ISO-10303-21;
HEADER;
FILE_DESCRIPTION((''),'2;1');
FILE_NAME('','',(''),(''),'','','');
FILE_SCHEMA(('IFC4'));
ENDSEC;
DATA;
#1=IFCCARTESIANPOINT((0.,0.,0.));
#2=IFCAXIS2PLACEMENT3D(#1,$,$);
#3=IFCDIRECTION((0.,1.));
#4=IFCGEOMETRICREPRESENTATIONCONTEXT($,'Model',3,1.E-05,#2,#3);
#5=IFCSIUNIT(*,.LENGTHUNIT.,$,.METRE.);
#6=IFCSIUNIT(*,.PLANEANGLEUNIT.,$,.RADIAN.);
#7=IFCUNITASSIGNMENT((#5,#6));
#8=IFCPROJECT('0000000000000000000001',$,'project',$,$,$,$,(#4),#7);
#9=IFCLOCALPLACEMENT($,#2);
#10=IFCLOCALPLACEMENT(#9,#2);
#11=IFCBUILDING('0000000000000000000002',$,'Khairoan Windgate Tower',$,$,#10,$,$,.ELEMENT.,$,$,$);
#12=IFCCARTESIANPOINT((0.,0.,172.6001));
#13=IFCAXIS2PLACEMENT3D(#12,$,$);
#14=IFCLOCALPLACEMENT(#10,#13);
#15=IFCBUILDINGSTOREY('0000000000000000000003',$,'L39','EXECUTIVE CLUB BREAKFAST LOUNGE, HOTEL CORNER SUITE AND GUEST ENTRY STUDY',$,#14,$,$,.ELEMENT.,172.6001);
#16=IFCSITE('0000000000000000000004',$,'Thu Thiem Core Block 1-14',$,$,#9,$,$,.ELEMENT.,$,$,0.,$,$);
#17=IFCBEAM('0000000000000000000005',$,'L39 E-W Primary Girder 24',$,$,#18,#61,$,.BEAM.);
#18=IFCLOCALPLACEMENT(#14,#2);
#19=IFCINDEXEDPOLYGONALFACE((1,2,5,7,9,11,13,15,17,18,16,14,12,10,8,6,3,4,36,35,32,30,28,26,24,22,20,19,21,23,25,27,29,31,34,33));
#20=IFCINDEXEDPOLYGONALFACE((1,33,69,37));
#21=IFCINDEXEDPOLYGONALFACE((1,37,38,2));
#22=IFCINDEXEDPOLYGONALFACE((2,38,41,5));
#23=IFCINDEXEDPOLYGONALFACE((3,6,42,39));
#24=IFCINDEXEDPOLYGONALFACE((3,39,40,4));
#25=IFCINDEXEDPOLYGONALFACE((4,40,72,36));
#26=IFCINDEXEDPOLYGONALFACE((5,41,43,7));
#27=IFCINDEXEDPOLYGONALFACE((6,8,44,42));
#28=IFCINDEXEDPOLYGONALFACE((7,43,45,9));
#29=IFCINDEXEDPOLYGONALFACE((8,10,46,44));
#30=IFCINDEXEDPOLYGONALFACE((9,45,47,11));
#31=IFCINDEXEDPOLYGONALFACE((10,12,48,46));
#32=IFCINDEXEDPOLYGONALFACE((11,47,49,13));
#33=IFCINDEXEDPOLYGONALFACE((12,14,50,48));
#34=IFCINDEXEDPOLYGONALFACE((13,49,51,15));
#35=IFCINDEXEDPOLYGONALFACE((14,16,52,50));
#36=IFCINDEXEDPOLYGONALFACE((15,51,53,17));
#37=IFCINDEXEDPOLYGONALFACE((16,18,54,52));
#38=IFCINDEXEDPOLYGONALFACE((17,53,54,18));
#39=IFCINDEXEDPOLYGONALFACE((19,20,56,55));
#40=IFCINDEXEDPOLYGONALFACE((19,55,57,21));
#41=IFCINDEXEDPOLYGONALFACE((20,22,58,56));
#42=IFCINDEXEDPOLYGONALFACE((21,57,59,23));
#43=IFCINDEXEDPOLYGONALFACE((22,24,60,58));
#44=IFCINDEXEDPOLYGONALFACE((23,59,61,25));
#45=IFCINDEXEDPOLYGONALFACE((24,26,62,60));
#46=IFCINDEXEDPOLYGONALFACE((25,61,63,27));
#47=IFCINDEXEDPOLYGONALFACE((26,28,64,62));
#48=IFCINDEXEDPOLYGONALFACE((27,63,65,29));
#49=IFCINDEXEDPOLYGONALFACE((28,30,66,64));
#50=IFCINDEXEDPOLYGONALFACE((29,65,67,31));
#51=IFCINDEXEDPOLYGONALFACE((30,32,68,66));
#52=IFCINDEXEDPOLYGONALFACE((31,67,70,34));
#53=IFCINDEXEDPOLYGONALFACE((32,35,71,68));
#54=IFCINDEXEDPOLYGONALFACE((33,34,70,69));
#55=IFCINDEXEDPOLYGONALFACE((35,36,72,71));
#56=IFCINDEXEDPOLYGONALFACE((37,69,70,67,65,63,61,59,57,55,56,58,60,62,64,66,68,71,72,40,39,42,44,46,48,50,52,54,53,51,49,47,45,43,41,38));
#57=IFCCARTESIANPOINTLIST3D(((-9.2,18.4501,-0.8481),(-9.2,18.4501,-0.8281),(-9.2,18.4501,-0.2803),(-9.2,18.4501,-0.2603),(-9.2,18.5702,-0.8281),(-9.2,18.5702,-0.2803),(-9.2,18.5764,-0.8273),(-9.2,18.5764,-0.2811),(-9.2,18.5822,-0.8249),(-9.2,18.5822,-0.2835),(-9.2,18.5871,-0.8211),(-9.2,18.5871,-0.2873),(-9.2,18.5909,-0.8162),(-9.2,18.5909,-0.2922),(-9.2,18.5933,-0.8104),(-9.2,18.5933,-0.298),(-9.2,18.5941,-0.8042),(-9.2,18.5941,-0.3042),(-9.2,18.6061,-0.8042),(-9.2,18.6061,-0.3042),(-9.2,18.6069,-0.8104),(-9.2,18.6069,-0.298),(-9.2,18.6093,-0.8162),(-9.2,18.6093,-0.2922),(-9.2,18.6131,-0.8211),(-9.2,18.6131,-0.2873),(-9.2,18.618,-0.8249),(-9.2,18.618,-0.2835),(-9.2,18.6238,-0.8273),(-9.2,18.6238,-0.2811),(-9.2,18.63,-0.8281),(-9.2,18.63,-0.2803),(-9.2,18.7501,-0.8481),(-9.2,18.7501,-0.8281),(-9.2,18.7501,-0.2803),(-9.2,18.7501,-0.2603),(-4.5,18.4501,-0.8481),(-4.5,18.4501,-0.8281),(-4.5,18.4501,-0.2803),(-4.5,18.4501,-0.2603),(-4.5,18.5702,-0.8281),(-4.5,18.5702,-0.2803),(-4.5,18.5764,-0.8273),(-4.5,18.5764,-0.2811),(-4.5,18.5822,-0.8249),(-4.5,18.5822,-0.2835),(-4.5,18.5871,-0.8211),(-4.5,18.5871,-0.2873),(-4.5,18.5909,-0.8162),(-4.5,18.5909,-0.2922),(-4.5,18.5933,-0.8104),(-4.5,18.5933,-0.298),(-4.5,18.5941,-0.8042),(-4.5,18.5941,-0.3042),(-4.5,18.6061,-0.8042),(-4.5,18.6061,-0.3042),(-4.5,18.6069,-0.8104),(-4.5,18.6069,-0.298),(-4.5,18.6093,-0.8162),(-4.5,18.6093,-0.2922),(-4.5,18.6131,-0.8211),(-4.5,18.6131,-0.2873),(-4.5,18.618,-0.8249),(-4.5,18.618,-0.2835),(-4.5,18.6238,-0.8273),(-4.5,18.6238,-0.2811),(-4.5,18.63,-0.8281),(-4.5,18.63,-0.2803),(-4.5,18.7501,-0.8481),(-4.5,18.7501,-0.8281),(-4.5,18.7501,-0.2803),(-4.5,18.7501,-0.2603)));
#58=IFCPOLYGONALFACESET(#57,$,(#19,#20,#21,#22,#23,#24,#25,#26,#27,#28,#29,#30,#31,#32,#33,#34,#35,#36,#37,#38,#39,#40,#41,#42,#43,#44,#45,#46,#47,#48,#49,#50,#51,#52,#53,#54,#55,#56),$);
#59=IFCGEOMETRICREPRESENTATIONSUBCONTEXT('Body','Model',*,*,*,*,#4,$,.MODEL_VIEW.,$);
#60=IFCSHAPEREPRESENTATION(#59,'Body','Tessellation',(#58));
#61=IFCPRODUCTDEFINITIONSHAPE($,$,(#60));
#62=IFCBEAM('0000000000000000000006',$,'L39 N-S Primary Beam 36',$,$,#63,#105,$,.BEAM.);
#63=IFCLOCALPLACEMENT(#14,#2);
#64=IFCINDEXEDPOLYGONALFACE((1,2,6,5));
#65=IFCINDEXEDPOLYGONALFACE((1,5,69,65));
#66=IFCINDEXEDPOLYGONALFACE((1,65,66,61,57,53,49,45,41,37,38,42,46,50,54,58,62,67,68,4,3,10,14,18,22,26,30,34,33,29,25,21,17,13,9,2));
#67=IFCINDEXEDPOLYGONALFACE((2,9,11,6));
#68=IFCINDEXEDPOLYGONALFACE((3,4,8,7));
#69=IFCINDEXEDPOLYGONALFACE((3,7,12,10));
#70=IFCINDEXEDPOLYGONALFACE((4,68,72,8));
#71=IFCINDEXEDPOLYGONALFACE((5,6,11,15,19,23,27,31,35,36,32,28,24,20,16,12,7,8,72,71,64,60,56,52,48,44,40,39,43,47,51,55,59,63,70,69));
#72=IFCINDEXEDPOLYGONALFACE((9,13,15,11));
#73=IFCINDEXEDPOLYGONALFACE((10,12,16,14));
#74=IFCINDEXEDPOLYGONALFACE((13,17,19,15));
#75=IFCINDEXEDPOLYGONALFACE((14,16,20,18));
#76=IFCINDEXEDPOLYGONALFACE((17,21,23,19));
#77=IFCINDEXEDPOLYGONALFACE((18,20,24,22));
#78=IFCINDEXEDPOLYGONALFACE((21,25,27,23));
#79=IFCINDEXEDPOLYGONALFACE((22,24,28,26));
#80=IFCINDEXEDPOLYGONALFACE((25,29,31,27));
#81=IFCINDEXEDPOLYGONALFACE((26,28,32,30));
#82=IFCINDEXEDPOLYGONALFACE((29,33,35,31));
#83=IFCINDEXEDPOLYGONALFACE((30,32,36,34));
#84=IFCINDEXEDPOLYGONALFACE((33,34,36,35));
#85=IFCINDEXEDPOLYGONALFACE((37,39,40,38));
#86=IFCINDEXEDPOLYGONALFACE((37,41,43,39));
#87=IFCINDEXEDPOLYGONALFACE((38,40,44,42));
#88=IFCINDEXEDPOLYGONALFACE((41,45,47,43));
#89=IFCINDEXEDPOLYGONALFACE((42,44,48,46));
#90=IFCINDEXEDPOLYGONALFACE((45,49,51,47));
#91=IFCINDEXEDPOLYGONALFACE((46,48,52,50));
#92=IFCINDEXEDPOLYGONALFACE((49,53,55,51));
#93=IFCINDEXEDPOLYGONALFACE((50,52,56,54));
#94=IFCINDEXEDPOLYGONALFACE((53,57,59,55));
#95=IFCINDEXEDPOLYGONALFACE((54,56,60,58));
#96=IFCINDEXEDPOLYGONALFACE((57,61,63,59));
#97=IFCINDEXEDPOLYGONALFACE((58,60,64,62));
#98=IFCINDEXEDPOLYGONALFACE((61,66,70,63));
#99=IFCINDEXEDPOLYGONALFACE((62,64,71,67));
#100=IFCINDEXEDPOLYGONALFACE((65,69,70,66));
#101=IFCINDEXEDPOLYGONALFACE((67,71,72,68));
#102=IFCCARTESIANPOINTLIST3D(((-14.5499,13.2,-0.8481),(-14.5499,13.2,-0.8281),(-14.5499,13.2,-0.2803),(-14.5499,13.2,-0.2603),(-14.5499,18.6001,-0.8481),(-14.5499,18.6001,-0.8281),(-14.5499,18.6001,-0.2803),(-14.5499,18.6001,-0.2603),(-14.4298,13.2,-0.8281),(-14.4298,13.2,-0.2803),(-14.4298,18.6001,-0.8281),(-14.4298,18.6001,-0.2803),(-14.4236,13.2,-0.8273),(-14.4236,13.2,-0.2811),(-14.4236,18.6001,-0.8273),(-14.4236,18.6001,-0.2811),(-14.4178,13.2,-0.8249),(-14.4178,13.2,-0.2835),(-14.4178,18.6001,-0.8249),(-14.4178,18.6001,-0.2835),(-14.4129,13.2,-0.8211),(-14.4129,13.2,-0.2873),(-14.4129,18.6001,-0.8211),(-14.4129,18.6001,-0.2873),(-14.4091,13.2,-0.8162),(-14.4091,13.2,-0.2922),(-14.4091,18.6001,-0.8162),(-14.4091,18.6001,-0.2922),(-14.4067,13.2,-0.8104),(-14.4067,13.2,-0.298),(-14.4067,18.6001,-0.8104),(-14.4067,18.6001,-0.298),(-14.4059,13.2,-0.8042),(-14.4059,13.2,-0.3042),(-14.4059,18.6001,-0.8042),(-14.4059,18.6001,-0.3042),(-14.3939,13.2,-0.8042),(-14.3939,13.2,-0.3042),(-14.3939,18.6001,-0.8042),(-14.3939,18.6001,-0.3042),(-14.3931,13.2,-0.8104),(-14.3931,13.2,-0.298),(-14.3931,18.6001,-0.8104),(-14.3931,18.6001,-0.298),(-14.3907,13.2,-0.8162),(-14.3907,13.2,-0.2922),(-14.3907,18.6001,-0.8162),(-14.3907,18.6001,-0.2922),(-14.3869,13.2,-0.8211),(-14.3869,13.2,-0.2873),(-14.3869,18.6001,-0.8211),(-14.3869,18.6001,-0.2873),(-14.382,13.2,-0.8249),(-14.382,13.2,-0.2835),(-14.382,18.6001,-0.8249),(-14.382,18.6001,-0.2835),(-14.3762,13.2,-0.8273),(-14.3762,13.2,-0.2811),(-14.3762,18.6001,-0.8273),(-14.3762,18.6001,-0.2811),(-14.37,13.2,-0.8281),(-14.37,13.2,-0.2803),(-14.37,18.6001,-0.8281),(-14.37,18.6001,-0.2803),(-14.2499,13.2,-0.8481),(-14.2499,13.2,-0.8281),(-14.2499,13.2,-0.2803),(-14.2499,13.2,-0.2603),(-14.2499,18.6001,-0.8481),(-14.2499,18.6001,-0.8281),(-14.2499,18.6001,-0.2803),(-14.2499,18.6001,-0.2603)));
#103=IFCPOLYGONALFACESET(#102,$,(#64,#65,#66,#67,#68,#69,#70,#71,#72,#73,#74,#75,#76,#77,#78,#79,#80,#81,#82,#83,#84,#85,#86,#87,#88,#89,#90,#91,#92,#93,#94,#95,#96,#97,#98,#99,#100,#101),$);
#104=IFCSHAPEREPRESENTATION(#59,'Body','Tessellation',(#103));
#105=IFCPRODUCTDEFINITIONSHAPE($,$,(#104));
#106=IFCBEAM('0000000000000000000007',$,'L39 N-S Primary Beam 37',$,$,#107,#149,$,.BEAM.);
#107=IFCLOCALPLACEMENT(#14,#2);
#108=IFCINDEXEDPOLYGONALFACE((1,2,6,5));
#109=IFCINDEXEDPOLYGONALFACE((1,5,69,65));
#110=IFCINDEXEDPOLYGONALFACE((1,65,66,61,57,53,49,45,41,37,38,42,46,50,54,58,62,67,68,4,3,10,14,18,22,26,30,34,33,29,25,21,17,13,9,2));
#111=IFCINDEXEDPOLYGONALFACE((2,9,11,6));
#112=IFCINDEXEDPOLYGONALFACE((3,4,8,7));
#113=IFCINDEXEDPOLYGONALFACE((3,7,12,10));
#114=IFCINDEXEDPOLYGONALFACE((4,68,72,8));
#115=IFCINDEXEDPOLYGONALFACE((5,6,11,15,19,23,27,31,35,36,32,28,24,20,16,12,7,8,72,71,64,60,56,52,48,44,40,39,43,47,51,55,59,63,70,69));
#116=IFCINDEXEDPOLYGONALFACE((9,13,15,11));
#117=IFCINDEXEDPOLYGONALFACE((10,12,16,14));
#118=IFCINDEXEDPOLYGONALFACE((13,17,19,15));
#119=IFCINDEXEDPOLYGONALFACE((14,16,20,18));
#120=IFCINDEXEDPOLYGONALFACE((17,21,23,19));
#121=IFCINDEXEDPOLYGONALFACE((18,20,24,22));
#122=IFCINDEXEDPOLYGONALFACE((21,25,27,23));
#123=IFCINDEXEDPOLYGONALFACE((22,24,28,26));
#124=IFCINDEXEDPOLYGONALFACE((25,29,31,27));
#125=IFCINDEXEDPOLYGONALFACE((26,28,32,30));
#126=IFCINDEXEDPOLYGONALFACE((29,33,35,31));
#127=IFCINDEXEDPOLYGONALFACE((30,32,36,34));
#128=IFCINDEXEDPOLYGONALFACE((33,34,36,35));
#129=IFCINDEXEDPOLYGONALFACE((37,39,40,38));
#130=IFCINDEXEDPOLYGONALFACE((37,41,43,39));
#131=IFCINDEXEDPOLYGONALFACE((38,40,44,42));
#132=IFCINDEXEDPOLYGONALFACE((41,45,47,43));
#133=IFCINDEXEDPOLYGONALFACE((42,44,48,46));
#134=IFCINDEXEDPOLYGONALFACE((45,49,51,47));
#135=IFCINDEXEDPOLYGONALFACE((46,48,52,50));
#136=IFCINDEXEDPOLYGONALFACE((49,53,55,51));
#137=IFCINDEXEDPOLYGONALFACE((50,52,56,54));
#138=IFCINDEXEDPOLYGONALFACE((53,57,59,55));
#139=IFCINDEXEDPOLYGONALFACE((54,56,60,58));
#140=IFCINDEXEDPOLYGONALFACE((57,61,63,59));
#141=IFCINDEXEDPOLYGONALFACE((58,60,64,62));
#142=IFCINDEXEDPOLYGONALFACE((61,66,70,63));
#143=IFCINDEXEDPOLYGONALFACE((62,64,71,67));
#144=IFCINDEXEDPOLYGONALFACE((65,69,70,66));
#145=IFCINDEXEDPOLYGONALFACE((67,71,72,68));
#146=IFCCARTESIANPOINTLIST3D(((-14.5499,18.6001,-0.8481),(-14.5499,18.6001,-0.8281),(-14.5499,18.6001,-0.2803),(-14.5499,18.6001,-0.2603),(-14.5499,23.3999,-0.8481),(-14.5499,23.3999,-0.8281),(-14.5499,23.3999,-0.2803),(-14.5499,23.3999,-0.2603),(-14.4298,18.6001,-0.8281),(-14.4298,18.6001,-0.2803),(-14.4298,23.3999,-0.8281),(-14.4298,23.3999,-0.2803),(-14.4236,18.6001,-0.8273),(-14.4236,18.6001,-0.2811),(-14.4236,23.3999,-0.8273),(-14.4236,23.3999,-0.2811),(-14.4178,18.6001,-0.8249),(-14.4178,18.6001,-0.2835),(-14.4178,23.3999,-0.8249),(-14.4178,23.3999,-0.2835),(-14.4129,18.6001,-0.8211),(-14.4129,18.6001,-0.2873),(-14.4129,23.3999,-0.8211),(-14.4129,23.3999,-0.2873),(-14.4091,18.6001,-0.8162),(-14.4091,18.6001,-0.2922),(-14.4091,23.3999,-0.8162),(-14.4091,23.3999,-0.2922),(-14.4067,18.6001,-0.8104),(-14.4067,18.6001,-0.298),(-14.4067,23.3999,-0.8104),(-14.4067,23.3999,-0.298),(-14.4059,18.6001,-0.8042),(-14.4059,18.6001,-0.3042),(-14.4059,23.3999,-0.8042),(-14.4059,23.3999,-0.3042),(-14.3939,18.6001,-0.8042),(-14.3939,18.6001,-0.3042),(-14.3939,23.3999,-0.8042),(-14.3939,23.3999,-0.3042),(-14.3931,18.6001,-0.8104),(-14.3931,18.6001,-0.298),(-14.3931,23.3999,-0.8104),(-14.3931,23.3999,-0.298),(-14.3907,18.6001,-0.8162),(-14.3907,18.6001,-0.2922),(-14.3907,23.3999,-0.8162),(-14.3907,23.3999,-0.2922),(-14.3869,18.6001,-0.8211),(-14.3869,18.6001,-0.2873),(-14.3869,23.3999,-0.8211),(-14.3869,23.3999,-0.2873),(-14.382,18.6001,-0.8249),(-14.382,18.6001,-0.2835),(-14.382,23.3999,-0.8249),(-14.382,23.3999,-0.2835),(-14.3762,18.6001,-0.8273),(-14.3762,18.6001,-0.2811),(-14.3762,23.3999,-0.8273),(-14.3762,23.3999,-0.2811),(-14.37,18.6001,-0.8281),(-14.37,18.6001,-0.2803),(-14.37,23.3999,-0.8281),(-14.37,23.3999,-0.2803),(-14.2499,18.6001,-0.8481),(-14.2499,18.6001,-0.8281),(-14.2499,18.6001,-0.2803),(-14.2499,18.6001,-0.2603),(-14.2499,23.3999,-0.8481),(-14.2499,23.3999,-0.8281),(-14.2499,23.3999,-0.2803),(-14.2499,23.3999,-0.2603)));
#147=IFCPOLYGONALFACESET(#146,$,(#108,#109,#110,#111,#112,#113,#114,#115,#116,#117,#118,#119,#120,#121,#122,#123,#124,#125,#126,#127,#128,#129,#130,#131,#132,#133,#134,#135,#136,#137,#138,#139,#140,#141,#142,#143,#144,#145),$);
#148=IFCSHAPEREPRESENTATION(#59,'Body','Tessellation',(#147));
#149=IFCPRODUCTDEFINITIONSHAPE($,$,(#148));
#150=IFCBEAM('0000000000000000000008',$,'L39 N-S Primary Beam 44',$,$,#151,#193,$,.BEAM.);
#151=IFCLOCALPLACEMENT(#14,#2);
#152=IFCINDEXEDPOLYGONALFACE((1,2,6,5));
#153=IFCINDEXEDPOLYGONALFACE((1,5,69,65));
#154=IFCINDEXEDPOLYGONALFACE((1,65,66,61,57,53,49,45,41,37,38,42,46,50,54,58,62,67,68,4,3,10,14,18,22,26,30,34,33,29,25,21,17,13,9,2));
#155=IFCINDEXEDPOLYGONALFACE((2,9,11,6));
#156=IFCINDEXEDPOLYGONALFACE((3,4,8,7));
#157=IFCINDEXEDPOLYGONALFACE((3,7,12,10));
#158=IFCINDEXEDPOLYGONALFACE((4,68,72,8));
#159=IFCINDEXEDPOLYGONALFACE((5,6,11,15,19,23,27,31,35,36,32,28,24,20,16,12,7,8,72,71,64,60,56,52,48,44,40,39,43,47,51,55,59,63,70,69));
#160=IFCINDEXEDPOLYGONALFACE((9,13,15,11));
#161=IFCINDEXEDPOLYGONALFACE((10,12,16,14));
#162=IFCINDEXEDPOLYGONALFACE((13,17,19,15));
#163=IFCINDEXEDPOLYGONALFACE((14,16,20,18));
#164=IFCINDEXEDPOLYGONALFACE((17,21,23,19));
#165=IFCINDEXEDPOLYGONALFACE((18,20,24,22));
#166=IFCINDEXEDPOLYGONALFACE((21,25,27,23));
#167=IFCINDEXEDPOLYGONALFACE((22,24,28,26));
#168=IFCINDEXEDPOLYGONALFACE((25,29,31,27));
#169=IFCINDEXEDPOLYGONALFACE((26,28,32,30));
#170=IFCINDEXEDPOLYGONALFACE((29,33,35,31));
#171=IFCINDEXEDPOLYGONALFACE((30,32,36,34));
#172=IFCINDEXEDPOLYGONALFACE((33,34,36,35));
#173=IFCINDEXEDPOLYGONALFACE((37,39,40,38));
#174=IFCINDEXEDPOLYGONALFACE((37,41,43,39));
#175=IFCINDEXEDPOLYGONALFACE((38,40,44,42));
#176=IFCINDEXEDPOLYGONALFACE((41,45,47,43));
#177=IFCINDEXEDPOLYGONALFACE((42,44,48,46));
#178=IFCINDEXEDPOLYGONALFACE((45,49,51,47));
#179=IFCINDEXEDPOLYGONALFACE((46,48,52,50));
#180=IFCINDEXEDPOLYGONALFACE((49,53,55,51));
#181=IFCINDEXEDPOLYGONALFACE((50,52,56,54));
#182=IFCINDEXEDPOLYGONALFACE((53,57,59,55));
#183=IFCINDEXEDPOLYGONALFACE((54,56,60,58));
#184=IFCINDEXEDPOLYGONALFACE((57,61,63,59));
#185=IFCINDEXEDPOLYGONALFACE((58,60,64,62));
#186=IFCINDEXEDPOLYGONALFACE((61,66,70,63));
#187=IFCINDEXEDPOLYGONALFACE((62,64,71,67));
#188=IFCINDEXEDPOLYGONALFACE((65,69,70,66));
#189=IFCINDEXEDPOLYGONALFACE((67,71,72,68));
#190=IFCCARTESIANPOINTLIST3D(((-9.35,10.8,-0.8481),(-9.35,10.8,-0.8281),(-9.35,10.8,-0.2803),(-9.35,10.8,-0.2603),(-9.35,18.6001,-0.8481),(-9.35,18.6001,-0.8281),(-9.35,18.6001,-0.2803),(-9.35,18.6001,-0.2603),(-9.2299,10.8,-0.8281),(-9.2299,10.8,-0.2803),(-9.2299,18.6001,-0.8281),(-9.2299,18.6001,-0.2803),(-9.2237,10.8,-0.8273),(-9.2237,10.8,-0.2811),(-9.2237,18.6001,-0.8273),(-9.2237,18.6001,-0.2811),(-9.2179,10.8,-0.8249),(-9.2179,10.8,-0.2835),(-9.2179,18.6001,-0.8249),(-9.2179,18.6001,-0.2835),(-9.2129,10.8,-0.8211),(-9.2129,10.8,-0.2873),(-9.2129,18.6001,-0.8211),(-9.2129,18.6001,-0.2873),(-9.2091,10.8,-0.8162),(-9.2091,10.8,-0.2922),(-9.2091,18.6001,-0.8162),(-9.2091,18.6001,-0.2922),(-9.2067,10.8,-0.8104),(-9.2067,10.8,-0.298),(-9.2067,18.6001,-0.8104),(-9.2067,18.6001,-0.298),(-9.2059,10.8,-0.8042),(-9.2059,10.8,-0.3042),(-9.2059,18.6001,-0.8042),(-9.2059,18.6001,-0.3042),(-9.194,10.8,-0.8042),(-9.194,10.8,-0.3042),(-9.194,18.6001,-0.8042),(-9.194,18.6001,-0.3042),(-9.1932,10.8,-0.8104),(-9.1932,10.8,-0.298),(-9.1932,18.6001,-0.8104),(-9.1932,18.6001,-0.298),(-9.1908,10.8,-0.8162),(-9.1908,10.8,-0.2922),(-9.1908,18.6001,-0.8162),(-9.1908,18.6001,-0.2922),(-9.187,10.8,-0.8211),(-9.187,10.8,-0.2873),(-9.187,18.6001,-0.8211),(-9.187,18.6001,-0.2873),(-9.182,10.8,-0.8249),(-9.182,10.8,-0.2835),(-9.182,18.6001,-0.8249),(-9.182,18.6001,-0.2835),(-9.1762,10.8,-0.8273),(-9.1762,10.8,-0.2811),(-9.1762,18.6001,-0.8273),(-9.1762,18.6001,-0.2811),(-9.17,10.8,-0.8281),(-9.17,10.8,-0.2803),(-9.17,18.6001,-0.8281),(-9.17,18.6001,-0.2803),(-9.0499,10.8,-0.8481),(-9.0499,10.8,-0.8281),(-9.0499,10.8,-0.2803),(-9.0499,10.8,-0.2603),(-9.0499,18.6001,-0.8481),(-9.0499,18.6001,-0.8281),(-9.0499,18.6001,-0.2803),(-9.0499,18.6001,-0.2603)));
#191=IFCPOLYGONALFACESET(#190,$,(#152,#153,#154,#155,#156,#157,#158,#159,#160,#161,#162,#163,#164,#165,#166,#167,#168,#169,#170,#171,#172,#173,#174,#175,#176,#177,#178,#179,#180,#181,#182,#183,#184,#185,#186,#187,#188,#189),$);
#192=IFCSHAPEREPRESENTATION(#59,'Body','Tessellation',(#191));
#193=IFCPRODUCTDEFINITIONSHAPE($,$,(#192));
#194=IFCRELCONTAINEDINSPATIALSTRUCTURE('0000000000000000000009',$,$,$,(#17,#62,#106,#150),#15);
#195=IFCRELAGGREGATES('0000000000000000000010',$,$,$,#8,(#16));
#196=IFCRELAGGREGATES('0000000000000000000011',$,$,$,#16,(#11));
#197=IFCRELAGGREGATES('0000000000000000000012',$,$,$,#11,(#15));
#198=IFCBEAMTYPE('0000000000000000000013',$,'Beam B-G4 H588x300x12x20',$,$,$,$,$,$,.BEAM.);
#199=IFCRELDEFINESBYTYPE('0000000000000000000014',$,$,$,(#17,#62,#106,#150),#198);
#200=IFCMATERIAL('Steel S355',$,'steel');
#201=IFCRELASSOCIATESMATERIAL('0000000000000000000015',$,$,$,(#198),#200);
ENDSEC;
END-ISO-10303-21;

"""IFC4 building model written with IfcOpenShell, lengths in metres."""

from ifc_helpers import new_model, si_unit, direction, frame, origin, origin_2d, place, context, subcontext, project, spatial, i_section, extrude, material, material_profile, profile_set, type_object, element, save


model = new_model("IFC4")

# Units and contexts
model_context = context("Model", 3, precision=1e-05, world=origin(), true_north=direction((0.0, 1.0)))
body_context = subcontext(model_context, "Body", "Model", "MODEL_VIEW")
ifc_project = project(units=[si_unit("LENGTHUNIT", "METRE"), si_unit("PLANEANGLEUNIT", "RADIAN")], contexts=[model_context])

# Site, building, storey
site_placement = place(None, origin())
site = spatial("IfcSite", under=ifc_project, at=site_placement, Name="Thu Thiem Core Block 1-14", CompositionType="ELEMENT", RefElevation=0.0)
building_placement = place(site_placement, origin())
building = spatial("IfcBuilding", under=site, at=building_placement, Name="Khairoan Windgate Tower", CompositionType="ELEMENT")
storey_placement = place(building_placement, frame((0.0, 0.0, 172.6001)))
storey = spatial("IfcBuildingStorey", under=building, at=storey_placement, Name="L39", Description="EXECUTIVE CLUB BREAKFAST LOUNGE, HOTEL CORNER SUITE AND GUEST ENTRY STUDY", CompositionType="ELEMENT", Elevation=172.6001)

# Beams
ifc_material_1 = material(Name="Steel S355", Category="steel")
ifc_material_profile_1 = material_profile(ifc_material_1, i_section(OverallWidth=0.3, OverallDepth=0.5879, WebThickness=0.012, FlangeThickness=0.02, FilletRadius=0.0239, at=origin_2d()))
ifc_profile_set_1 = profile_set([ifc_material_profile_1], Name="Steel S355")
beam_type = type_object("IfcBeamType", Name="Beam B-G4 H588x300x12x20", PredefinedType="BEAM", material=ifc_profile_set_1)
beam_1_placement = place(storey_placement, frame((-9.2, 18.6001, -0.5542), z_axis=(1.0, 0.0, 0.0), x_axis=(0.0, 1.0, 0.0)))
element("IfcBeam", 1, at=beam_1_placement, inside=storey, type_object=beam_type, Name="L39 E-W Primary Girder 24", PredefinedType="BEAM", context=body_context, shape_type="SweptSolid", body=[
    extrude(i_section(OverallWidth=0.3, OverallDepth=0.5879, WebThickness=0.012, FlangeThickness=0.02, FilletRadius=0.0239, at=origin_2d()), origin(), (0.0, 0.0, 1.0), 4.7),
])
beam_2_placement = place(storey_placement, frame((-14.3999, 13.2, -0.5542), z_axis=(0.0, 1.0, 0.0), x_axis=(-1.0, 0.0, 0.0)))
element("IfcBeam", 2, at=beam_2_placement, inside=storey, type_object=beam_type, Name="L39 N-S Primary Beam 36", PredefinedType="BEAM", context=body_context, shape_type="SweptSolid", body=[
    extrude(i_section(OverallWidth=0.3, OverallDepth=0.5879, WebThickness=0.012, FlangeThickness=0.02, FilletRadius=0.0239, at=origin_2d()), origin(), (0.0, 0.0, 1.0), 5.4001),
])
beam_3_placement = place(storey_placement, frame((-14.3999, 18.6001, -0.5542), z_axis=(0.0, 1.0, 0.0), x_axis=(-1.0, 0.0, 0.0)))
element("IfcBeam", 3, at=beam_3_placement, inside=storey, type_object=beam_type, Name="L39 N-S Primary Beam 37", PredefinedType="BEAM", context=body_context, shape_type="SweptSolid", body=[
    extrude(i_section(OverallWidth=0.3, OverallDepth=0.5879, WebThickness=0.012, FlangeThickness=0.02, FilletRadius=0.0239, at=origin_2d()), origin(), (0.0, 0.0, 1.0), 4.7998),
])
beam_4_placement = place(storey_placement, frame((-9.2, 10.8, -0.5542), z_axis=(0.0, 1.0, 0.0), x_axis=(-1.0, 0.0, 0.0)))
element("IfcBeam", 4, at=beam_4_placement, inside=storey, type_object=beam_type, Name="L39 N-S Primary Beam 44", PredefinedType="BEAM", context=body_context, shape_type="SweptSolid", body=[
    extrude(i_section(OverallWidth=0.3, OverallDepth=0.5879, WebThickness=0.012, FlangeThickness=0.02, FilletRadius=0.0239, at=origin_2d()), origin(), (0.0, 0.0, 1.0), 7.8),
])

save(model, "model.ifc")
